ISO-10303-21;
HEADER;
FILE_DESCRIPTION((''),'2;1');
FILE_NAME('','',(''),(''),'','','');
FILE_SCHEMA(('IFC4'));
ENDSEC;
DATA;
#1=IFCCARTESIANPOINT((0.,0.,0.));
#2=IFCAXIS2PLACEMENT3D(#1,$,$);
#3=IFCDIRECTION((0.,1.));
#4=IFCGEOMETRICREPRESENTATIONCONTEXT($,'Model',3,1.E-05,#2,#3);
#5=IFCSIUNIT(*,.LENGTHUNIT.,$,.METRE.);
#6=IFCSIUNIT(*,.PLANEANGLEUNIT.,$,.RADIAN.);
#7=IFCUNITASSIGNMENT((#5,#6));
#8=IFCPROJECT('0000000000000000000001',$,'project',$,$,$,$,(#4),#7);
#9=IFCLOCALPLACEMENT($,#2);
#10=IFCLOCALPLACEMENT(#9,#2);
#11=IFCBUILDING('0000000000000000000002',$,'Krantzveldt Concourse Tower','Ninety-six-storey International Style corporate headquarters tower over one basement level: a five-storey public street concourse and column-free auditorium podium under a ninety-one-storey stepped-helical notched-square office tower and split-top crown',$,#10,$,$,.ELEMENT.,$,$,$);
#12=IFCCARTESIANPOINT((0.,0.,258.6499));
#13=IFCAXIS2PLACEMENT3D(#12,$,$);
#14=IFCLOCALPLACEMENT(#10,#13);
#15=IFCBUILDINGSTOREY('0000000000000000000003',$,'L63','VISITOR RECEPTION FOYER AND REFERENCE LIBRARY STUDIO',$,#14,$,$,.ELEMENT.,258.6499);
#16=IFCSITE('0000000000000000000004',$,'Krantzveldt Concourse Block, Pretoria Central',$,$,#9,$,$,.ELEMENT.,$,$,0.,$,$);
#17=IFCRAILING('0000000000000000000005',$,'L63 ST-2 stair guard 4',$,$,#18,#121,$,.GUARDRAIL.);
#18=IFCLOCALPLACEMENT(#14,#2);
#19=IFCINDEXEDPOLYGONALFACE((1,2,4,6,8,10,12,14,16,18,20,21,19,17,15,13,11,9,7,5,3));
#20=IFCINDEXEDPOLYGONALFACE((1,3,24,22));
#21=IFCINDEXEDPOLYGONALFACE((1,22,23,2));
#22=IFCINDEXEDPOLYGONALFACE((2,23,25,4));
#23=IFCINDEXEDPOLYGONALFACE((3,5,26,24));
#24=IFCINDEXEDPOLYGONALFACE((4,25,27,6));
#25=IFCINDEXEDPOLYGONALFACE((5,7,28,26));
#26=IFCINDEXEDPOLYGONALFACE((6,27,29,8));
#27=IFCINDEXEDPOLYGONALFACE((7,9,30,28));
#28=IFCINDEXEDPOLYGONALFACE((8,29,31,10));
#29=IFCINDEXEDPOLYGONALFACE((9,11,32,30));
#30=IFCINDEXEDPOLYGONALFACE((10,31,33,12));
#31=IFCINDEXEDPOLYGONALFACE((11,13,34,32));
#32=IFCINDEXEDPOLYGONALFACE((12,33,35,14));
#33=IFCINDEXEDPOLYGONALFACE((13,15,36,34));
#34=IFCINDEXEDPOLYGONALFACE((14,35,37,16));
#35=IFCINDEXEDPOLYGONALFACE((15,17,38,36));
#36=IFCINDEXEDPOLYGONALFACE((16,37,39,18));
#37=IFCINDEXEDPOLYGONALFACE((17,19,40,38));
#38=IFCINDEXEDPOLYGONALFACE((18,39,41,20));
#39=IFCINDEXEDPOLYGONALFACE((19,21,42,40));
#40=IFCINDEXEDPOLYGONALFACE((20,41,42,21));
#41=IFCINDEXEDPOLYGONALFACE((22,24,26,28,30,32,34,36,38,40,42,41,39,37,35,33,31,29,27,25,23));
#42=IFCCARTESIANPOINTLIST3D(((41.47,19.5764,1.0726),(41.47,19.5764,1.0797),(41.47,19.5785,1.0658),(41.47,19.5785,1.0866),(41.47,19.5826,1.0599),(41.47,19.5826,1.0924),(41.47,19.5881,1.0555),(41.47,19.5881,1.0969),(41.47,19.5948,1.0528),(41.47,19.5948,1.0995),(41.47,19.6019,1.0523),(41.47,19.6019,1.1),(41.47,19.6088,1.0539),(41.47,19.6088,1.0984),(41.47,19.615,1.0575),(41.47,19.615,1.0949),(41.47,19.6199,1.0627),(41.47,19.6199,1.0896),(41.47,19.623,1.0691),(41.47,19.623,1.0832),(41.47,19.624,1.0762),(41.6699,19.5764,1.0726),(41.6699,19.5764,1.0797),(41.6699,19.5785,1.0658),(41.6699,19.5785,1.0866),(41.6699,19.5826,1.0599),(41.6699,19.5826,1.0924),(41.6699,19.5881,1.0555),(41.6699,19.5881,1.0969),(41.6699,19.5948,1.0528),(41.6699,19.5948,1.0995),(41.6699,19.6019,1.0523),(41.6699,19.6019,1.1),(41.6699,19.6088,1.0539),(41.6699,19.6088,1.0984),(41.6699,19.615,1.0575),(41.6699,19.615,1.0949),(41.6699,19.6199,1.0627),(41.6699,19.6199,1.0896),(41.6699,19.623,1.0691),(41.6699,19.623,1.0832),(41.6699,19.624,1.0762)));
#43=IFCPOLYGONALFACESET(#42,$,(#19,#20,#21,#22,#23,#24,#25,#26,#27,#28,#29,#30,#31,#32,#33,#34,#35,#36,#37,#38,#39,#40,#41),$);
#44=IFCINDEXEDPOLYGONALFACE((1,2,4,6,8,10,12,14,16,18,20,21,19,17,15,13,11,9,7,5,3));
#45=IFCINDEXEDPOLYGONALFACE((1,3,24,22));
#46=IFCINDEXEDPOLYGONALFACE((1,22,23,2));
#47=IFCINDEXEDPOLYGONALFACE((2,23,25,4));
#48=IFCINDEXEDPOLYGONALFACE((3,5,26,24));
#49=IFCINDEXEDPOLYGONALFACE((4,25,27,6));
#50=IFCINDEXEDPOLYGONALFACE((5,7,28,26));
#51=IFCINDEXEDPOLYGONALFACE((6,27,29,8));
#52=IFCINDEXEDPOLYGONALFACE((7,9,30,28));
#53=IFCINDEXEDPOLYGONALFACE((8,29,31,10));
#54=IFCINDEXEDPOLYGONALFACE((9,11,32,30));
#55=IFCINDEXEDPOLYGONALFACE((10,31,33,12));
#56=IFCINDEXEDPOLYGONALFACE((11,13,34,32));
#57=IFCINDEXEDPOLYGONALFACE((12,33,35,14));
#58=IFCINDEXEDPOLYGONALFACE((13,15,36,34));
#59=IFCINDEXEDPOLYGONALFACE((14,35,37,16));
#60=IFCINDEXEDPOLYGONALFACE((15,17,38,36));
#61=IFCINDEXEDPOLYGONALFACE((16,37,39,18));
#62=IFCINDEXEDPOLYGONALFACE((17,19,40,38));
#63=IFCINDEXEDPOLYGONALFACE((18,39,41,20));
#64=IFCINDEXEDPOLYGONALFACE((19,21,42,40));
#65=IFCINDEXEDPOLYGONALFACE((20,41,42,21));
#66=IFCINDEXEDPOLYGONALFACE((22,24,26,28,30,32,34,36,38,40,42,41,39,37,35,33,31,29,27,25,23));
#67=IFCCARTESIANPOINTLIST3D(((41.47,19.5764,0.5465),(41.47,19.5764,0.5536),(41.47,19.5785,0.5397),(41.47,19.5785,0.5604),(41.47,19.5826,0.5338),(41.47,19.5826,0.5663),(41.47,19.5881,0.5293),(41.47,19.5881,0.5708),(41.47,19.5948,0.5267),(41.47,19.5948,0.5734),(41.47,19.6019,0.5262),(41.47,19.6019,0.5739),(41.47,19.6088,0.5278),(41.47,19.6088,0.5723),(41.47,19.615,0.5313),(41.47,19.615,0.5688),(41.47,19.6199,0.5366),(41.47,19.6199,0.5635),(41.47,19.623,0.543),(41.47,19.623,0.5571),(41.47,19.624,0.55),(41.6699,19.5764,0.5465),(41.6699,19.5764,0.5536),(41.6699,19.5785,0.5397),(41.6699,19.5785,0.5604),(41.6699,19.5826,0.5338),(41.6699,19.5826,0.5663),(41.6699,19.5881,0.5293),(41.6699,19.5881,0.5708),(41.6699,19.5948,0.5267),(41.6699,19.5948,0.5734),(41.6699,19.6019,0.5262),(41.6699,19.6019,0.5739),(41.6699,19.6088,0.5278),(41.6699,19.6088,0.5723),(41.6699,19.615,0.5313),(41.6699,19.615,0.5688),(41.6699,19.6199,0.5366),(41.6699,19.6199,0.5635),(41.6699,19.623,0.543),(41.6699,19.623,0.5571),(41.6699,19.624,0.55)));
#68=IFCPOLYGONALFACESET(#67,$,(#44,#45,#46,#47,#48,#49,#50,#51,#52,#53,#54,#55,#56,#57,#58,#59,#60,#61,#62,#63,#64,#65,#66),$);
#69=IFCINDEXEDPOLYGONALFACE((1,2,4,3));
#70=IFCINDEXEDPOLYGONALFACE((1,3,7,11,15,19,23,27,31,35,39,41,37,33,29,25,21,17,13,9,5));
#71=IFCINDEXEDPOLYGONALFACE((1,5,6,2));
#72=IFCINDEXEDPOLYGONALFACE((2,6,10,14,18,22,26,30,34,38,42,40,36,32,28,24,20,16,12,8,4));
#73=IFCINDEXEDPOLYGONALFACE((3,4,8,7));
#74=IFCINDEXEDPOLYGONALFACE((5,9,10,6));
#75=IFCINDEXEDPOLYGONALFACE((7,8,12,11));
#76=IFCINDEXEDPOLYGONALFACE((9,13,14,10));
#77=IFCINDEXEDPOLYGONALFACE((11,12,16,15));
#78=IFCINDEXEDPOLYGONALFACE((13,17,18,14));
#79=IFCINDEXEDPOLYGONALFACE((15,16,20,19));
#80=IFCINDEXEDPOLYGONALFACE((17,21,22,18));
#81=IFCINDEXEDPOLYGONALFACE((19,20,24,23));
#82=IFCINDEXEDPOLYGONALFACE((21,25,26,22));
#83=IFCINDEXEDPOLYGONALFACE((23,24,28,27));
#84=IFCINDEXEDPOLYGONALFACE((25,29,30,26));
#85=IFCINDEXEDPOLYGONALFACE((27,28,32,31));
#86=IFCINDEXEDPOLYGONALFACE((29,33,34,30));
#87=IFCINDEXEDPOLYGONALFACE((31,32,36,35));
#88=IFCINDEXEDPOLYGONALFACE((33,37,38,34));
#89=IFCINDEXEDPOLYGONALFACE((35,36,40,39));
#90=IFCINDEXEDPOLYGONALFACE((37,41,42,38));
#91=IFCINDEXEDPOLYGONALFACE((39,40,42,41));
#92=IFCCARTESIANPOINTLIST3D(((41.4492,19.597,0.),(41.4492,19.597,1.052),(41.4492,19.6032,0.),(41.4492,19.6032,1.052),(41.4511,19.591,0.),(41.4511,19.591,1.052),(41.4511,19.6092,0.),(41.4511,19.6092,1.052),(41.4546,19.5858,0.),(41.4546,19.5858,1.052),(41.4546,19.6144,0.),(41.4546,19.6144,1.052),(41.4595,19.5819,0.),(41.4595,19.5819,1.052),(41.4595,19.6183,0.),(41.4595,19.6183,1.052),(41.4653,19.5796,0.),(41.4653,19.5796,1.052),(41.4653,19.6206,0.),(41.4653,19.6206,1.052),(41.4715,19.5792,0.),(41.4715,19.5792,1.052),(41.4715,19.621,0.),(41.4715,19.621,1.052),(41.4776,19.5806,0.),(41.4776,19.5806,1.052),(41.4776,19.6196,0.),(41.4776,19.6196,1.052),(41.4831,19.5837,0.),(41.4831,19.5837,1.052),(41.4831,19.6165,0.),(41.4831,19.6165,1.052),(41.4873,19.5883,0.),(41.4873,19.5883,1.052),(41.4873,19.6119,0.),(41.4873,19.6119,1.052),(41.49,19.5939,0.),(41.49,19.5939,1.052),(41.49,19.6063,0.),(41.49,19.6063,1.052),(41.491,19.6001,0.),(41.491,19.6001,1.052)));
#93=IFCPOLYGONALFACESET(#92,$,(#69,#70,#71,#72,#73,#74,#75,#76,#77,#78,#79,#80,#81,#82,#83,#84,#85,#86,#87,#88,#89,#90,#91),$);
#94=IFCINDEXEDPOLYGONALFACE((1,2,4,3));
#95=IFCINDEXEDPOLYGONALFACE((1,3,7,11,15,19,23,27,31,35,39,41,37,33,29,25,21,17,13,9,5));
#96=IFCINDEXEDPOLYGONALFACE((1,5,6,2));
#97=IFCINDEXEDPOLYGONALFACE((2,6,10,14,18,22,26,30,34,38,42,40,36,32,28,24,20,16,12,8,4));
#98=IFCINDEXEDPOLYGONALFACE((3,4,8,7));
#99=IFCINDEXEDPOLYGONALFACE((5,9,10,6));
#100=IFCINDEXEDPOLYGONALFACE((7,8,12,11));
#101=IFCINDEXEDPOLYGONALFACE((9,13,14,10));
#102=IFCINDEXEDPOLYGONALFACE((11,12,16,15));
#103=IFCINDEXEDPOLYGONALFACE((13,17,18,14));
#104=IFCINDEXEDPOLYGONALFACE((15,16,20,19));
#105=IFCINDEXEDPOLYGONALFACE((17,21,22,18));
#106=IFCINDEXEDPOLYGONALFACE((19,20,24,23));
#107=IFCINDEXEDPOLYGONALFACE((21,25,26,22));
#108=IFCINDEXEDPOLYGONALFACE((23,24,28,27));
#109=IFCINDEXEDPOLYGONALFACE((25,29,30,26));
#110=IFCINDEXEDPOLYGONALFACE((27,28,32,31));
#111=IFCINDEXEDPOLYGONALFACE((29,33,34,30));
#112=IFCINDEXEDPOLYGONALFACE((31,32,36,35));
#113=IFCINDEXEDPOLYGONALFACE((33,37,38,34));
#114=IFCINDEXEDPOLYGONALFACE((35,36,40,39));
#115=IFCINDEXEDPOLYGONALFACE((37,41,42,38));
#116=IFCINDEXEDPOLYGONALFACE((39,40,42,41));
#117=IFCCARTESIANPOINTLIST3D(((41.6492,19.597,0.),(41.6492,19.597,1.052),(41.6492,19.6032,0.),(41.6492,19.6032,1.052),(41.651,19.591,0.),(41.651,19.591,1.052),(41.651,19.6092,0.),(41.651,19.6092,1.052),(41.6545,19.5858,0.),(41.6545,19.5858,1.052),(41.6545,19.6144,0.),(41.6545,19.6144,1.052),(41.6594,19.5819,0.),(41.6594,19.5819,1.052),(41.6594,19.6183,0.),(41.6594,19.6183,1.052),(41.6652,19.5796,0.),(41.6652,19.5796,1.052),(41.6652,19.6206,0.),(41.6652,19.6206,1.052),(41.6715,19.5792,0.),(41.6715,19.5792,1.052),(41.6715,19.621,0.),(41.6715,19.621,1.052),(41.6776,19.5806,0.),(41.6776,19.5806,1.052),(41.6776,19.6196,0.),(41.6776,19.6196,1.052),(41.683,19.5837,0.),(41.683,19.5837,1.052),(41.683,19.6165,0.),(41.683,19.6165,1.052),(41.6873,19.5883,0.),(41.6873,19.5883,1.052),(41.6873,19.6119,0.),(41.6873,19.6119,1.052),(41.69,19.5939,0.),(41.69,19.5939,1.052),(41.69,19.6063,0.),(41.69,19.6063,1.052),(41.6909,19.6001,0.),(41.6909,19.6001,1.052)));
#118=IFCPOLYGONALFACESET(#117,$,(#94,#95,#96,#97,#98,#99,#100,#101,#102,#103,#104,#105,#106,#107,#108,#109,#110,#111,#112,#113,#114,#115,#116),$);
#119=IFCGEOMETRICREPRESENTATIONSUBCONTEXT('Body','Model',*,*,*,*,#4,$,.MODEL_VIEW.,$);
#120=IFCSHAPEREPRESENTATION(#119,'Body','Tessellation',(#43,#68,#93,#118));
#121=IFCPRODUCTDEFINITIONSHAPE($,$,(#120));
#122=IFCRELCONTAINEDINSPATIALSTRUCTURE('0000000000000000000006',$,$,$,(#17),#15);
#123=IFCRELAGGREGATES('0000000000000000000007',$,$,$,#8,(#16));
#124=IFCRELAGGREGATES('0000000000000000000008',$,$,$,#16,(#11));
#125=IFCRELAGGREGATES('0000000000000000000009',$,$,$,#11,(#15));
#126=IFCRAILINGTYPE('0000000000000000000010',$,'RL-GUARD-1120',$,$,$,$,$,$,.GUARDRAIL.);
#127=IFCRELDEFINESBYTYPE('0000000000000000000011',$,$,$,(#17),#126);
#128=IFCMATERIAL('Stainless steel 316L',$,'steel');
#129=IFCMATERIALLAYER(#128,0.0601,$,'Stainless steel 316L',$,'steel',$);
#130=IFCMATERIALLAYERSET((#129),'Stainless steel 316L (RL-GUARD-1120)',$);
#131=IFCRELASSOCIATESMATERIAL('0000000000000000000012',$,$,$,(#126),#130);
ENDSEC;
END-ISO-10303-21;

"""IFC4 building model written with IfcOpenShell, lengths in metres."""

from ifc_helpers import new_model, si_unit, direction, frame, origin, origin_2d, place, context, subcontext, project, spatial, circle, extrude, material, layer, layer_set, type_object, element, save


model = new_model("IFC4")

# Units and contexts
model_context = context("Model", 3, precision=1e-05, world=origin(), true_north=direction((0.0, 1.0)))
body_context = subcontext(model_context, "Body", "Model", "MODEL_VIEW")
ifc_project = project(units=[si_unit("LENGTHUNIT", "METRE"), si_unit("PLANEANGLEUNIT", "RADIAN")], contexts=[model_context])

# Site, building, storey
site_placement = place(None, origin())
site = spatial("IfcSite", under=ifc_project, at=site_placement, Name="Krantzveldt Concourse Block, Pretoria Central", CompositionType="ELEMENT", RefElevation=0.0)
building_placement = place(site_placement, origin())
building = spatial("IfcBuilding", under=site, at=building_placement, Name="Krantzveldt Concourse Tower", Description="Ninety-six-storey International Style corporate headquarters tower over one basement level: a five-storey public street concourse and column-free auditorium podium under a ninety-one-storey stepped-helical notched-square office tower and split-top crown", CompositionType="ELEMENT")
storey_placement = place(building_placement, frame((0.0, 0.0, 258.6499)))
storey = spatial("IfcBuildingStorey", under=building, at=storey_placement, Name="L63", Description="VISITOR RECEPTION FOYER AND REFERENCE LIBRARY STUDIO", CompositionType="ELEMENT", Elevation=258.6499)

# Shared definitions
ifc_material_1 = material(Name="Stainless steel 316L", Category="steel")

# Railing
ifc_layer_1 = layer(ifc_material_1, 0.0601, Name="Stainless steel 316L", Category="steel")
ifc_layer_set_1 = layer_set([ifc_layer_1], Name="Stainless steel 316L (RL-GUARD-1120)")
railing_type_1 = type_object("IfcRailingType", Name="RL-GUARD-1120", PredefinedType="GUARDRAIL", material=ifc_layer_set_1)
railing_1_placement = place(storey_placement, frame((41.47, 19.6001, 0.0)))
element("IfcRailing", 1, at=railing_1_placement, inside=storey, type_object=railing_type_1, Name="L63 ST-2 stair guard 4", PredefinedType="GUARDRAIL", context=body_context, shape_type="SweptSolid", body=[
    extrude(circle(Radius=0.0239, at=origin_2d()), frame((0.0, 0.0, 1.0762), z_axis=(1.0, 0.0, 0.0), x_axis=(0.0, 1.0, 0.0)), (0.0, 0.0, 1.0), 0.2),
    extrude(circle(Radius=0.0239, at=origin_2d()), frame((0.0, 0.0, 0.55), z_axis=(1.0, 0.0, 0.0), x_axis=(0.0, 1.0, 0.0)), (0.0, 0.0, 1.0), 0.2),
    extrude(circle(Radius=0.021, at=origin_2d()), origin(), (0.0, 0.0, 1.0), 1.052),
    extrude(circle(Radius=0.021, at=origin_2d()), frame((0.2, 0.0, 0.0)), (0.0, 0.0, 1.0), 1.052),
])

save(model, "model.ifc")
